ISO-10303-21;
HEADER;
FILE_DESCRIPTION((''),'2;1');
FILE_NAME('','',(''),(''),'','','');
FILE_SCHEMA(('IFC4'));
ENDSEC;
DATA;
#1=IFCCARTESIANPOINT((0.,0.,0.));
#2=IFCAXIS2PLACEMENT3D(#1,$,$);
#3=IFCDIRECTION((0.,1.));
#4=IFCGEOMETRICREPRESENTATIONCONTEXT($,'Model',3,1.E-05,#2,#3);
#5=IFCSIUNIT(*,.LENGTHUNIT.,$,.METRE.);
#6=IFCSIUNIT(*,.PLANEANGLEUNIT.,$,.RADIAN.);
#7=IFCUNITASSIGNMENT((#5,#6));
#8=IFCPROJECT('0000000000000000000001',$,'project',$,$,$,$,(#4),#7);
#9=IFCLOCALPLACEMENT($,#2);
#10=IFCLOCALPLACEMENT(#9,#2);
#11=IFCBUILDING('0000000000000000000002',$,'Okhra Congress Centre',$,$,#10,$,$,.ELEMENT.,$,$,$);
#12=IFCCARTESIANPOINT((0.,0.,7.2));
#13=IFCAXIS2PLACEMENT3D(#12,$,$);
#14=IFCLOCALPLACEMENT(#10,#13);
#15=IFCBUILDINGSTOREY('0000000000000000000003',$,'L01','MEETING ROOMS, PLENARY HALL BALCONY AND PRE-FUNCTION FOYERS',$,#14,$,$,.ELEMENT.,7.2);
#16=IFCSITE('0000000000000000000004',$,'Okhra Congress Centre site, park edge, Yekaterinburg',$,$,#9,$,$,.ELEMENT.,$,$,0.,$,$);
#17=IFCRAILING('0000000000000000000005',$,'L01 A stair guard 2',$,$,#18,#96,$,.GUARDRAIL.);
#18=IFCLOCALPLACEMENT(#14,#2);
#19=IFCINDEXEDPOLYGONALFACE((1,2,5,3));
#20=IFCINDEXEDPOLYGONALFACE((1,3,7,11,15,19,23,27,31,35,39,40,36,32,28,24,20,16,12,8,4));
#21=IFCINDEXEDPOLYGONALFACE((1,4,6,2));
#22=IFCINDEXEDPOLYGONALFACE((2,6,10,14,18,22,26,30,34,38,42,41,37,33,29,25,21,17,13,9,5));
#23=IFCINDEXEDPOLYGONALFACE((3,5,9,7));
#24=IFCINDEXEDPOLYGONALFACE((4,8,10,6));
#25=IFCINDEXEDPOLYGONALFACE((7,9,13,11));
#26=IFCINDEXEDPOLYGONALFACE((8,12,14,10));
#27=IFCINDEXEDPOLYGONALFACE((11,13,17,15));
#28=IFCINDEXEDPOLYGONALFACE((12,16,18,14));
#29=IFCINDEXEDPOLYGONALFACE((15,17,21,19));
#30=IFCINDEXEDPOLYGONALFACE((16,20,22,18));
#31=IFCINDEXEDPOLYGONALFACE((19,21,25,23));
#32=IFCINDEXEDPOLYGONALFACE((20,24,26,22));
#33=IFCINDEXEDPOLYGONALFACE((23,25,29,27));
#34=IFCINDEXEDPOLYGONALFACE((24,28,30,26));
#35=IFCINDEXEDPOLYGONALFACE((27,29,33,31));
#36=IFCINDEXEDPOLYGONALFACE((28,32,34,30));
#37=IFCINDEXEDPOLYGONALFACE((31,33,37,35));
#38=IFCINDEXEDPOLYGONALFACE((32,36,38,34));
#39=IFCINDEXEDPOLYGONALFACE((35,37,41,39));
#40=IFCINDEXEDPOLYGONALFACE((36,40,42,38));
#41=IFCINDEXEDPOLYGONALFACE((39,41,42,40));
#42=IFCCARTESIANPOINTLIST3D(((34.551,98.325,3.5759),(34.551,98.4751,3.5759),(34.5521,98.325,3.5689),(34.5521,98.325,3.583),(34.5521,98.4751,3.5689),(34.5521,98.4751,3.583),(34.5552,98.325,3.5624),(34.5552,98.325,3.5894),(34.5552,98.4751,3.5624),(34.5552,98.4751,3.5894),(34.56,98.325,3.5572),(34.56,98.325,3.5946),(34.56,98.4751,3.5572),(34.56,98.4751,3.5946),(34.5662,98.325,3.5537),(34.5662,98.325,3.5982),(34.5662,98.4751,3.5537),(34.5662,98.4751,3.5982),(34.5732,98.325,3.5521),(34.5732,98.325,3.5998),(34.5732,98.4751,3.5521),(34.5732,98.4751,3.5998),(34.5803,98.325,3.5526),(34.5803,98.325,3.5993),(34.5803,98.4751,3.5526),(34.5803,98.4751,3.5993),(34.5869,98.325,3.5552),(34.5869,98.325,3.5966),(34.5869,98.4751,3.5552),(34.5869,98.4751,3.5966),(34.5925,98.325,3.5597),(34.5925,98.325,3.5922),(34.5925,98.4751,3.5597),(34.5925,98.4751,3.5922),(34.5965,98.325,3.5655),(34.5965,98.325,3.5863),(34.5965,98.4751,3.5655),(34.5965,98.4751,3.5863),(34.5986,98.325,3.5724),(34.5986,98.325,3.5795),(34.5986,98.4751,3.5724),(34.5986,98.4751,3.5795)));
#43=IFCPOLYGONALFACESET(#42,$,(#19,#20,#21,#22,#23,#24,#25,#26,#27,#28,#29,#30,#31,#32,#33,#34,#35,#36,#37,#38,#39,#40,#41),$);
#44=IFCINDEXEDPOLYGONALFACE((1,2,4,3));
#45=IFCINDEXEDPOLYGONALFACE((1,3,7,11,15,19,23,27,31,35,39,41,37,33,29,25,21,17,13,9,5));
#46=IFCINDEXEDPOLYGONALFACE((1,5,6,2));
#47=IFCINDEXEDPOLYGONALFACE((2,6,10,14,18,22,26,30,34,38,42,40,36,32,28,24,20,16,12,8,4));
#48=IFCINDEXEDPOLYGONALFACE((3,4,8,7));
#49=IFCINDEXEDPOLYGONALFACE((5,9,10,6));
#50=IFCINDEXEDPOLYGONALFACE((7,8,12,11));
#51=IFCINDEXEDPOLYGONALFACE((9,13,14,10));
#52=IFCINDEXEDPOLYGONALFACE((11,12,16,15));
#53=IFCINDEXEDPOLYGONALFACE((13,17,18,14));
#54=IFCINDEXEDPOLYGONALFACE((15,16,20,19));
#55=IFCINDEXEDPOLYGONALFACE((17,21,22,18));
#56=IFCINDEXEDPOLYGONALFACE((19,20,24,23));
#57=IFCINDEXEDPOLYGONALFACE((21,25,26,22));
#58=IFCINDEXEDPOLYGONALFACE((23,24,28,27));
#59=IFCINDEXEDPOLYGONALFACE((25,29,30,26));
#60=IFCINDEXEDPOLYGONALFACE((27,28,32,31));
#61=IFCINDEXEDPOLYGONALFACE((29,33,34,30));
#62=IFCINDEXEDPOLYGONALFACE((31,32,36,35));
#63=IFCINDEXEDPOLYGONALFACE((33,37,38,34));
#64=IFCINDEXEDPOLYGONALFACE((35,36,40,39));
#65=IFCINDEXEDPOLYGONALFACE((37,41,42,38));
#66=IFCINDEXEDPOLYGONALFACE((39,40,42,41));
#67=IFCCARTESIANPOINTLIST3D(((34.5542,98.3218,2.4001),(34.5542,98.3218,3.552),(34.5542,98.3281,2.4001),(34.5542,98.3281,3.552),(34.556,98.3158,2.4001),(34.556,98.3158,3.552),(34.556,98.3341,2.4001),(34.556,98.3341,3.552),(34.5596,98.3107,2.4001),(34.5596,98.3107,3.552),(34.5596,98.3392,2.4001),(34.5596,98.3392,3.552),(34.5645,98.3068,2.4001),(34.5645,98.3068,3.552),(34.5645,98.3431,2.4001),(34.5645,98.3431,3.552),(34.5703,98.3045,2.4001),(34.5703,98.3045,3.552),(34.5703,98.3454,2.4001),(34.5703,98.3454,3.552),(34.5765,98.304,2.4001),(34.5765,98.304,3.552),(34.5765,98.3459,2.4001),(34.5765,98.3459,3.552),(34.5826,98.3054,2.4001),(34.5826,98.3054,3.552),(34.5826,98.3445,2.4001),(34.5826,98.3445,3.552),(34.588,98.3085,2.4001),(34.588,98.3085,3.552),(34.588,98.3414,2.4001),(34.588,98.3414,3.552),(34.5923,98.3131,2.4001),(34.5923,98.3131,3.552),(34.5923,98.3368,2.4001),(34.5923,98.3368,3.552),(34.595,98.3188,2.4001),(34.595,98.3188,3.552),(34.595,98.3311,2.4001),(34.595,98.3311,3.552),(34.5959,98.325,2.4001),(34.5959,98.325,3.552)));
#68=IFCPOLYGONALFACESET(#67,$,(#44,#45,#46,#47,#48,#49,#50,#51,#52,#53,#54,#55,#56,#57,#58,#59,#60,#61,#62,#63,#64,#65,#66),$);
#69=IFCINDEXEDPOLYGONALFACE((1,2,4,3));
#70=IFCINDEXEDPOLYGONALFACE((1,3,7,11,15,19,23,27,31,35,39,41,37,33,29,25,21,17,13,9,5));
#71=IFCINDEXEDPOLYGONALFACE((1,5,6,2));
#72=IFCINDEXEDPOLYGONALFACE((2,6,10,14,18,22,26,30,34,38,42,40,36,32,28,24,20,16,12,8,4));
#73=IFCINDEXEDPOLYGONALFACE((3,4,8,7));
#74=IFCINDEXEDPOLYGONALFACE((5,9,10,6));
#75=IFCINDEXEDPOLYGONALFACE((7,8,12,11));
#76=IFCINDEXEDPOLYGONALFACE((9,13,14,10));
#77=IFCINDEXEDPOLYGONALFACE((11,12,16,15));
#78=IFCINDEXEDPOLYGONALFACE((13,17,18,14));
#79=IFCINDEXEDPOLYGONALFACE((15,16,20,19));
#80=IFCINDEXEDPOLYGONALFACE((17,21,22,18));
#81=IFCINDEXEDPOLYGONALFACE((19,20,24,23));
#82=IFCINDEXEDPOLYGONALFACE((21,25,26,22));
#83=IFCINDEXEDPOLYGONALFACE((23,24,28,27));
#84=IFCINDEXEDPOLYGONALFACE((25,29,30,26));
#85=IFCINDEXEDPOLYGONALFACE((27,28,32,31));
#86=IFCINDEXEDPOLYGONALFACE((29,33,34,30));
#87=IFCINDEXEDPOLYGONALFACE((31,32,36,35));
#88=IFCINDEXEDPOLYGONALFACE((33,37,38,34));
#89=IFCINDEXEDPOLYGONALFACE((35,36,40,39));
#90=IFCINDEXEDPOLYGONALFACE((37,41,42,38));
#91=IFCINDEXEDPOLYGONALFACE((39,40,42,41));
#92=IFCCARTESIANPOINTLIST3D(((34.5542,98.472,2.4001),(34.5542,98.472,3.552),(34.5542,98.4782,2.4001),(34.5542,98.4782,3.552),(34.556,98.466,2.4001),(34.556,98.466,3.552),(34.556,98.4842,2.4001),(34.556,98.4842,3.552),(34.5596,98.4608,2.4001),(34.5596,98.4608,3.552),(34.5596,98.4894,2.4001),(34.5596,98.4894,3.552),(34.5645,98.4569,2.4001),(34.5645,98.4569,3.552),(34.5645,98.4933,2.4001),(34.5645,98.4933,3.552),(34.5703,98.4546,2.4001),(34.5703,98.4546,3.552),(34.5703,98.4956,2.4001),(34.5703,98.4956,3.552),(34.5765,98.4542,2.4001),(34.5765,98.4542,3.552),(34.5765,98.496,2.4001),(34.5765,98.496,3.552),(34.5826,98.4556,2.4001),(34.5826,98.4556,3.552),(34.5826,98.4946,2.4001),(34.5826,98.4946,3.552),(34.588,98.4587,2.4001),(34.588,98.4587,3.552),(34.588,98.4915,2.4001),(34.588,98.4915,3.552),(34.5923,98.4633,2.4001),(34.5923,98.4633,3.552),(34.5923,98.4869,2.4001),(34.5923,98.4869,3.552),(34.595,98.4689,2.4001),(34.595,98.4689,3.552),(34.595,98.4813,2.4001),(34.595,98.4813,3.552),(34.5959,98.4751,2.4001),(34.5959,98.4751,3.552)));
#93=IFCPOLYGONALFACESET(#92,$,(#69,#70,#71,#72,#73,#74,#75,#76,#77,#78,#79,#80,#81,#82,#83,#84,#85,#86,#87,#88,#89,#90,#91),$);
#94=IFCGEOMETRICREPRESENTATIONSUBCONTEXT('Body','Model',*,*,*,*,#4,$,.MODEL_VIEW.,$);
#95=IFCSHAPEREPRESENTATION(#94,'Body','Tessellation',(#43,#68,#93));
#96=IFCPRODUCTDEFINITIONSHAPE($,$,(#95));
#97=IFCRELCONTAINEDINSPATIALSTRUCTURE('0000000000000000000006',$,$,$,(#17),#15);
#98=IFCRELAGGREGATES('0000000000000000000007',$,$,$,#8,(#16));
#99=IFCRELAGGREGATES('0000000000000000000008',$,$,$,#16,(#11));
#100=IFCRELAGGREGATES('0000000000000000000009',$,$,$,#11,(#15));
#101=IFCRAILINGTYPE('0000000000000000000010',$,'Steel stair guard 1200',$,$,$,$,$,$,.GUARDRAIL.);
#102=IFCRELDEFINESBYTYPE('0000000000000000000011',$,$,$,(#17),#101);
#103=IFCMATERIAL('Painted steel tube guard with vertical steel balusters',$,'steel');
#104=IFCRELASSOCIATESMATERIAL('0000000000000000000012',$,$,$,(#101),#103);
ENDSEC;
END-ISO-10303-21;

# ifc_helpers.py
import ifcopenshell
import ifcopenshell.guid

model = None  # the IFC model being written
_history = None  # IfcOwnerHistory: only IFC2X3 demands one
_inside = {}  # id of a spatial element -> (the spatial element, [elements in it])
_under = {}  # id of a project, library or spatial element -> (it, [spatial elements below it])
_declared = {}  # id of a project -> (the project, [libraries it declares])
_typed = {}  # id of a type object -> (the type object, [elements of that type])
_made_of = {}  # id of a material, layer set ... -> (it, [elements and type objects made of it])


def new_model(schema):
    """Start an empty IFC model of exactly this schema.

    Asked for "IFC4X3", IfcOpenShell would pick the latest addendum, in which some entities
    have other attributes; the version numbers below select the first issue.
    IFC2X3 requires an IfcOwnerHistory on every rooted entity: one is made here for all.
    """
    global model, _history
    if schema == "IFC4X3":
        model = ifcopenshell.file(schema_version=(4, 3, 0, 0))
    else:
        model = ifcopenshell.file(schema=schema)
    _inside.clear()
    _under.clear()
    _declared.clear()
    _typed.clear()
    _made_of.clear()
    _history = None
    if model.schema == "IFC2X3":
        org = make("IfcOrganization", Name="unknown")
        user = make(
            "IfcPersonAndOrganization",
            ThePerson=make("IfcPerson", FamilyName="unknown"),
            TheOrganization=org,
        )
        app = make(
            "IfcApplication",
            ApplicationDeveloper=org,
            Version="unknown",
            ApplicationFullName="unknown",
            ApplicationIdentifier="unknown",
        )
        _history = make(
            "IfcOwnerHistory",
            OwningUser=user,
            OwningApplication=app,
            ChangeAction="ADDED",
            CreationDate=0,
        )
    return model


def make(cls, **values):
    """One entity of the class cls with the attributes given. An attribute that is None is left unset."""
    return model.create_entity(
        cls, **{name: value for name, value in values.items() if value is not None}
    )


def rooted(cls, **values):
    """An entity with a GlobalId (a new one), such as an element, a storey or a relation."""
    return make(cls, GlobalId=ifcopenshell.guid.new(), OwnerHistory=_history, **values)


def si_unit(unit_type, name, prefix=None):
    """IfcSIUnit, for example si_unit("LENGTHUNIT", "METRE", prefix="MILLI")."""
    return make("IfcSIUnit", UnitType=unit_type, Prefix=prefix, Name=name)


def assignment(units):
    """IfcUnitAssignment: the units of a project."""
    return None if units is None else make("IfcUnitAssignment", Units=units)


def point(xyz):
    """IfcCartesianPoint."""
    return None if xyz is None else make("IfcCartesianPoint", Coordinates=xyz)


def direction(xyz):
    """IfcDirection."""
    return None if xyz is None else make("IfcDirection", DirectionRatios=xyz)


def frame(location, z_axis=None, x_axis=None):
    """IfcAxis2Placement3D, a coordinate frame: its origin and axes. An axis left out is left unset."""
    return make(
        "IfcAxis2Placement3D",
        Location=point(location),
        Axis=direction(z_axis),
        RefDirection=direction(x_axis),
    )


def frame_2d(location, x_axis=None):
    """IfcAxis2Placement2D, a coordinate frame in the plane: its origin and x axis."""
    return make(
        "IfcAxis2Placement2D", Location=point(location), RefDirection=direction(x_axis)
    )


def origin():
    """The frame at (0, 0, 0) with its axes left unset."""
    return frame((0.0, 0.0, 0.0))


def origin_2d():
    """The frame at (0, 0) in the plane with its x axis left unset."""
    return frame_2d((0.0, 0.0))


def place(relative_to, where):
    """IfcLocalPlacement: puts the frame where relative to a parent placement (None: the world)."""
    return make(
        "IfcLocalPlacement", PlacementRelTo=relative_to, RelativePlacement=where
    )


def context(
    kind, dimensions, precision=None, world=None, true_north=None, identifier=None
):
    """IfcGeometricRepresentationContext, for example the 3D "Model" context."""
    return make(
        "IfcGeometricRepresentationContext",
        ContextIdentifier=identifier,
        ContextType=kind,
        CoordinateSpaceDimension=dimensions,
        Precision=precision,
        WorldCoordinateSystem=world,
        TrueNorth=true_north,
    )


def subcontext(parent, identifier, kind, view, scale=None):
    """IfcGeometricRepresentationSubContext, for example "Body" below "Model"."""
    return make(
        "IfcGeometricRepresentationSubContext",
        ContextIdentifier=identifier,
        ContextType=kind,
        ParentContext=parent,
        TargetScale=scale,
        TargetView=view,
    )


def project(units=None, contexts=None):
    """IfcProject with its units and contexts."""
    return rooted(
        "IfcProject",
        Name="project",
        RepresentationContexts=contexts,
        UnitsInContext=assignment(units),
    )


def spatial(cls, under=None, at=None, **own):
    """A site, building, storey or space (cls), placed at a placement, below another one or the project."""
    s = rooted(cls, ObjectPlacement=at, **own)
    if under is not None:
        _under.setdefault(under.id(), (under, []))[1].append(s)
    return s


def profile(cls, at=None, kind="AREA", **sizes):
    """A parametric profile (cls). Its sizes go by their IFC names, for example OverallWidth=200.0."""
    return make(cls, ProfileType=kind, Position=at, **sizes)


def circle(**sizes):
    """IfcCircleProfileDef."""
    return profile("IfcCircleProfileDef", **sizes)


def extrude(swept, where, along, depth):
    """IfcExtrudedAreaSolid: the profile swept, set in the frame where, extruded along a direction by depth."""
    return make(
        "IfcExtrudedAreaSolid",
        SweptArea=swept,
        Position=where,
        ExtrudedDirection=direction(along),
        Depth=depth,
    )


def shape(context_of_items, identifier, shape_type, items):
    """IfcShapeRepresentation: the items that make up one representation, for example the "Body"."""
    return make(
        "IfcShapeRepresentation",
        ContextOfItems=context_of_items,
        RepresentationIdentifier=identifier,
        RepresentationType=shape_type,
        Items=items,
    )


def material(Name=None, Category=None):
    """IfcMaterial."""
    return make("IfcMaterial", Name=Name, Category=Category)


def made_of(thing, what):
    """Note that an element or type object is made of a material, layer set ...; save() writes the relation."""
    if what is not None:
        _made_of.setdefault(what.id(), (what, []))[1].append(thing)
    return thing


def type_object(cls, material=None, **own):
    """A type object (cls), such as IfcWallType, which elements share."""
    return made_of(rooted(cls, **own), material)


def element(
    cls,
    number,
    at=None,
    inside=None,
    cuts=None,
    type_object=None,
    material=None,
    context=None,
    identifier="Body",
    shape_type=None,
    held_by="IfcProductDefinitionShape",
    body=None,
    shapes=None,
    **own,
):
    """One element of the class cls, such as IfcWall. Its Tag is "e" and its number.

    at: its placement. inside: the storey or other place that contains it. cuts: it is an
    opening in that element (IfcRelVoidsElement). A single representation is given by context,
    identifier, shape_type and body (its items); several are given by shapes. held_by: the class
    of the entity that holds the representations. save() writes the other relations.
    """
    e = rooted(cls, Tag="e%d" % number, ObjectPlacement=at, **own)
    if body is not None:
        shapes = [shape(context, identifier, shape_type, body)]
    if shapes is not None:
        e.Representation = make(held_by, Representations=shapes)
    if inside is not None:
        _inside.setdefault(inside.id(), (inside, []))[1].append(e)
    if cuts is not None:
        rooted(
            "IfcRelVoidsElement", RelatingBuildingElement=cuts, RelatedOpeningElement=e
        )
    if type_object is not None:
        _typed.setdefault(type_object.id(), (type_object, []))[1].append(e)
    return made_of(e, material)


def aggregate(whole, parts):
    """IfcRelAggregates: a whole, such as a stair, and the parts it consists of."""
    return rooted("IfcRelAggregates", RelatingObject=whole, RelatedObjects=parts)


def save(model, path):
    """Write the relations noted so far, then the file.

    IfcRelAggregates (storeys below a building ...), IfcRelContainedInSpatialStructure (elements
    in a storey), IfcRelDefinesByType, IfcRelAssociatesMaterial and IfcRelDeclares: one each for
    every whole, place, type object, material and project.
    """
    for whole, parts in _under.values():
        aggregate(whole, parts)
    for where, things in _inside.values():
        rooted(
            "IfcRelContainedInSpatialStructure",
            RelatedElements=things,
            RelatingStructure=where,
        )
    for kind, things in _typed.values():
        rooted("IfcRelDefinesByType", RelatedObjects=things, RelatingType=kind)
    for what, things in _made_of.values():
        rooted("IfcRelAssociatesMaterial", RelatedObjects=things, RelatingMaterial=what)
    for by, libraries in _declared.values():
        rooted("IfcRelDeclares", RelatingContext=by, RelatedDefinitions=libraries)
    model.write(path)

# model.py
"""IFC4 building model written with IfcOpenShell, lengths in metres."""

from ifc_helpers import new_model, si_unit, direction, frame, origin, origin_2d, place, context, subcontext, project, spatial, circle, extrude, material, type_object, element, save


model = new_model("IFC4")

# Units and contexts
model_context = context("Model", 3, precision=1e-05, world=origin(), true_north=direction((0.0, 1.0)))
body_context = subcontext(model_context, "Body", "Model", "MODEL_VIEW")
ifc_project = project(units=[si_unit("LENGTHUNIT", "METRE"), si_unit("PLANEANGLEUNIT", "RADIAN")], contexts=[model_context])

# Site, building, storey
site_placement = place(None, origin())
site = spatial("IfcSite", under=ifc_project, at=site_placement, Name="Okhra Congress Centre site, park edge, Yekaterinburg", CompositionType="ELEMENT", RefElevation=0.0)
building_placement = place(site_placement, origin())
building = spatial("IfcBuilding", under=site, at=building_placement, Name="Okhra Congress Centre", CompositionType="ELEMENT")
storey_placement = place(building_placement, frame((0.0, 0.0, 7.2)))
storey = spatial("IfcBuildingStorey", under=building, at=storey_placement, Name="L01", Description="MEETING ROOMS, PLENARY HALL BALCONY AND PRE-FUNCTION FOYERS", CompositionType="ELEMENT", Elevation=7.2)

# Railing
ifc_material_1 = material(Name="Painted steel tube guard with vertical steel balusters", Category="steel")
railing_type_1 = type_object("IfcRailingType", Name="Steel stair guard 1200", PredefinedType="GUARDRAIL", material=ifc_material_1)
railing_1_placement = place(storey_placement, frame((34.575, 98.325, 2.4001)))
element("IfcRailing", 1, at=railing_1_placement, inside=storey, type_object=railing_type_1, Name="L01 A stair guard 2", PredefinedType="GUARDRAIL", context=body_context, shape_type="SweptSolid", body=[
    extrude(circle(Radius=0.0239, at=origin_2d()), frame((0.0, 0.0, 1.1758), z_axis=(0.0, 1.0, 0.0), x_axis=(-1.0, 0.0, 0.0)), (0.0, 0.0, 1.0), 0.1501),
    extrude(circle(Radius=0.021, at=origin_2d()), origin(), (0.0, 0.0, 1.0), 1.1519),
    extrude(circle(Radius=0.021, at=origin_2d()), frame((0.0, 0.1501, 0.0)), (0.0, 0.0, 1.0), 1.1519),
])

save(model, "model.ifc")
